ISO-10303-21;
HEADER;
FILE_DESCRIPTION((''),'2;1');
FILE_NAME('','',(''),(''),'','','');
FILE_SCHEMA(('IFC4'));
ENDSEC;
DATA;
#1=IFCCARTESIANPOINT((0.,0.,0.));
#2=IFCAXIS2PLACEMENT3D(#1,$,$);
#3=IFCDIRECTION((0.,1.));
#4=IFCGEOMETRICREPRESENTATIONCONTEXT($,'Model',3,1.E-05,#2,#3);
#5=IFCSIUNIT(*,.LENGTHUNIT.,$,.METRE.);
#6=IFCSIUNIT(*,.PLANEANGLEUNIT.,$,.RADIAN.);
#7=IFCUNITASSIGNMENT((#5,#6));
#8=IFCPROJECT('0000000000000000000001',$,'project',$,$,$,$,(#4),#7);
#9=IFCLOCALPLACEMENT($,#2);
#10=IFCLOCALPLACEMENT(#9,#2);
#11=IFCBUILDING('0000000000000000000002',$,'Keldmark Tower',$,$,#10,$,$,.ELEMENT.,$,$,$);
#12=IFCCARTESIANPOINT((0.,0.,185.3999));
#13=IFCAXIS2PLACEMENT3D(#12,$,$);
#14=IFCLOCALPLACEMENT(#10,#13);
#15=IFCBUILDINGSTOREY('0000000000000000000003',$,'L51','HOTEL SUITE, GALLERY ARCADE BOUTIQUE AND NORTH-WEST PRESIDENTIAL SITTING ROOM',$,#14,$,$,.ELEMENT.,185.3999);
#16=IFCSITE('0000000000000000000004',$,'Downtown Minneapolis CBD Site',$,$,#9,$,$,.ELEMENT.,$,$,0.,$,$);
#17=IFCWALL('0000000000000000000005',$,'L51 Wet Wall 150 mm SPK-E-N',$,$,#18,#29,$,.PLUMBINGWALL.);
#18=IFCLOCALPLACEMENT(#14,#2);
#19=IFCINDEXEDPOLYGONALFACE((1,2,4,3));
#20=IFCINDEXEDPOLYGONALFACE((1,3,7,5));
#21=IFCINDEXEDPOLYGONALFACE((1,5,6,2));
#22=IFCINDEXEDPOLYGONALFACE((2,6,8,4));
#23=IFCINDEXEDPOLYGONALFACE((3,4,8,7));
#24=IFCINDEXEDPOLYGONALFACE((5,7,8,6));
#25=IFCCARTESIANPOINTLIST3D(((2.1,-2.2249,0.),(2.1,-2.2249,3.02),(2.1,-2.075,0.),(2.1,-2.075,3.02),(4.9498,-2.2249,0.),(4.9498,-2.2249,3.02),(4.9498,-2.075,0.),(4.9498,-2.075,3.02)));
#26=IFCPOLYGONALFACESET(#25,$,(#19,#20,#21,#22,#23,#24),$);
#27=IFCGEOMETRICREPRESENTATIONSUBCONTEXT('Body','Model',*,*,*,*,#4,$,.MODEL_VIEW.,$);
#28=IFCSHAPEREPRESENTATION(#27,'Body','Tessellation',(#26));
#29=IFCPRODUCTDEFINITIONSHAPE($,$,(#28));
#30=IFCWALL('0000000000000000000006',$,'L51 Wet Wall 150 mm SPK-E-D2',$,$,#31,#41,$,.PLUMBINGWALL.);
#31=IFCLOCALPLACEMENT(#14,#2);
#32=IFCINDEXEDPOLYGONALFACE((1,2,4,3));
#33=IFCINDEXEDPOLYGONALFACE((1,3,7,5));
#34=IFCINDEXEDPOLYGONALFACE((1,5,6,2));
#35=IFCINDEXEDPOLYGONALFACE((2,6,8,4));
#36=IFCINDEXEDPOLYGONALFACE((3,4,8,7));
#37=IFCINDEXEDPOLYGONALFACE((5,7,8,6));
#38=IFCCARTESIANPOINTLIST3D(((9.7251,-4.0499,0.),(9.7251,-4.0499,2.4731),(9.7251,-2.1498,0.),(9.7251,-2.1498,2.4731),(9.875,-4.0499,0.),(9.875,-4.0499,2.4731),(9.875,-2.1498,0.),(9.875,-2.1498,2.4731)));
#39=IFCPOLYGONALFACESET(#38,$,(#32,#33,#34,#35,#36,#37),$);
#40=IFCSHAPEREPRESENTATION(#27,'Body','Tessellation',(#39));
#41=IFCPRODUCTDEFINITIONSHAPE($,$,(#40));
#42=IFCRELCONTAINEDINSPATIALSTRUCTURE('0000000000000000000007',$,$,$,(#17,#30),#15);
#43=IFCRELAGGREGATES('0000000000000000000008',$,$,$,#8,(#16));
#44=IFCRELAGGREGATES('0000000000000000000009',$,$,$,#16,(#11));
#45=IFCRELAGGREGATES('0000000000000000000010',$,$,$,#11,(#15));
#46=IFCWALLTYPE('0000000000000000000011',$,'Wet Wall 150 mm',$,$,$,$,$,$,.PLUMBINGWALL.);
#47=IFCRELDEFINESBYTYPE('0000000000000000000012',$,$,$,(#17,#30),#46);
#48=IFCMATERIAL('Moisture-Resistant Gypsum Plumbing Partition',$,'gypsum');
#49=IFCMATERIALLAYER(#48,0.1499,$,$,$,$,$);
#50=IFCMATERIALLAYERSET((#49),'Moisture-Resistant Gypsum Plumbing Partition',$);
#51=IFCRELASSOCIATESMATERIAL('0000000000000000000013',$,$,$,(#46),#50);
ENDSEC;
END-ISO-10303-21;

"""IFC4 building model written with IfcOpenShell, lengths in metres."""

from ifc_helpers import new_model, si_unit, direction, frame, frame_2d, origin, place, context, subcontext, project, spatial, rectangle, extrude, material, layer, layer_set, type_object, element, save


model = new_model("IFC4")

# Units and contexts
model_context = context("Model", 3, precision=1e-05, world=origin(), true_north=direction((0.0, 1.0)))
body_context = subcontext(model_context, "Body", "Model", "MODEL_VIEW")
ifc_project = project(units=[si_unit("LENGTHUNIT", "METRE"), si_unit("PLANEANGLEUNIT", "RADIAN")], contexts=[model_context])

# Site, building, storey
site_placement = place(None, origin())
site = spatial("IfcSite", under=ifc_project, at=site_placement, Name="Downtown Minneapolis CBD Site", CompositionType="ELEMENT", RefElevation=0.0)
building_placement = place(site_placement, origin())
building = spatial("IfcBuilding", under=site, at=building_placement, Name="Keldmark Tower", CompositionType="ELEMENT")
storey_placement = place(building_placement, frame((0.0, 0.0, 185.3999)))
storey = spatial("IfcBuildingStorey", under=building, at=storey_placement, Name="L51", Description="HOTEL SUITE, GALLERY ARCADE BOUTIQUE AND NORTH-WEST PRESIDENTIAL SITTING ROOM", CompositionType="ELEMENT", Elevation=185.3999)

# Walls
ifc_material_1 = material(Name="Moisture-Resistant Gypsum Plumbing Partition", Category="gypsum")
ifc_layer_1 = layer(ifc_material_1, 0.1499)
ifc_layer_set_1 = layer_set([ifc_layer_1], Name="Moisture-Resistant Gypsum Plumbing Partition")
wall_type_1 = type_object("IfcWallType", Name="Wet Wall 150 mm", PredefinedType="PLUMBINGWALL", material=ifc_layer_set_1)
wall_1_placement = place(storey_placement, frame((2.1001, -2.1499, 0.0), z_axis=(0.0, 0.0, 1.0), x_axis=(1.0, 0.0, 0.0)))
element("IfcWall", 1, at=wall_1_placement, inside=storey, type_object=wall_type_1, Name="L51 Wet Wall 150 mm SPK-E-N", PredefinedType="PLUMBINGWALL", context=body_context, shape_type="SweptSolid", body=[
    extrude(rectangle(XDim=2.8499, YDim=0.1499, at=frame_2d((1.4248, 0.0))), origin(), (0.0, 0.0, 1.0), 3.02),
])
wall_2_placement = place(storey_placement, frame((9.8, -4.05, 0.0), z_axis=(0.0, 0.0, 1.0), x_axis=(0.0, 1.0, 0.0)))
element("IfcWall", 2, at=wall_2_placement, inside=storey, type_object=wall_type_1, Name="L51 Wet Wall 150 mm SPK-E-D2", PredefinedType="PLUMBINGWALL", context=body_context, shape_type="SweptSolid", body=[
    extrude(rectangle(XDim=1.9001, YDim=0.1499, at=frame_2d((0.9502, 0.0))), origin(), (0.0, 0.0, 1.0), 2.4731),
])

save(model, "model.ifc")
